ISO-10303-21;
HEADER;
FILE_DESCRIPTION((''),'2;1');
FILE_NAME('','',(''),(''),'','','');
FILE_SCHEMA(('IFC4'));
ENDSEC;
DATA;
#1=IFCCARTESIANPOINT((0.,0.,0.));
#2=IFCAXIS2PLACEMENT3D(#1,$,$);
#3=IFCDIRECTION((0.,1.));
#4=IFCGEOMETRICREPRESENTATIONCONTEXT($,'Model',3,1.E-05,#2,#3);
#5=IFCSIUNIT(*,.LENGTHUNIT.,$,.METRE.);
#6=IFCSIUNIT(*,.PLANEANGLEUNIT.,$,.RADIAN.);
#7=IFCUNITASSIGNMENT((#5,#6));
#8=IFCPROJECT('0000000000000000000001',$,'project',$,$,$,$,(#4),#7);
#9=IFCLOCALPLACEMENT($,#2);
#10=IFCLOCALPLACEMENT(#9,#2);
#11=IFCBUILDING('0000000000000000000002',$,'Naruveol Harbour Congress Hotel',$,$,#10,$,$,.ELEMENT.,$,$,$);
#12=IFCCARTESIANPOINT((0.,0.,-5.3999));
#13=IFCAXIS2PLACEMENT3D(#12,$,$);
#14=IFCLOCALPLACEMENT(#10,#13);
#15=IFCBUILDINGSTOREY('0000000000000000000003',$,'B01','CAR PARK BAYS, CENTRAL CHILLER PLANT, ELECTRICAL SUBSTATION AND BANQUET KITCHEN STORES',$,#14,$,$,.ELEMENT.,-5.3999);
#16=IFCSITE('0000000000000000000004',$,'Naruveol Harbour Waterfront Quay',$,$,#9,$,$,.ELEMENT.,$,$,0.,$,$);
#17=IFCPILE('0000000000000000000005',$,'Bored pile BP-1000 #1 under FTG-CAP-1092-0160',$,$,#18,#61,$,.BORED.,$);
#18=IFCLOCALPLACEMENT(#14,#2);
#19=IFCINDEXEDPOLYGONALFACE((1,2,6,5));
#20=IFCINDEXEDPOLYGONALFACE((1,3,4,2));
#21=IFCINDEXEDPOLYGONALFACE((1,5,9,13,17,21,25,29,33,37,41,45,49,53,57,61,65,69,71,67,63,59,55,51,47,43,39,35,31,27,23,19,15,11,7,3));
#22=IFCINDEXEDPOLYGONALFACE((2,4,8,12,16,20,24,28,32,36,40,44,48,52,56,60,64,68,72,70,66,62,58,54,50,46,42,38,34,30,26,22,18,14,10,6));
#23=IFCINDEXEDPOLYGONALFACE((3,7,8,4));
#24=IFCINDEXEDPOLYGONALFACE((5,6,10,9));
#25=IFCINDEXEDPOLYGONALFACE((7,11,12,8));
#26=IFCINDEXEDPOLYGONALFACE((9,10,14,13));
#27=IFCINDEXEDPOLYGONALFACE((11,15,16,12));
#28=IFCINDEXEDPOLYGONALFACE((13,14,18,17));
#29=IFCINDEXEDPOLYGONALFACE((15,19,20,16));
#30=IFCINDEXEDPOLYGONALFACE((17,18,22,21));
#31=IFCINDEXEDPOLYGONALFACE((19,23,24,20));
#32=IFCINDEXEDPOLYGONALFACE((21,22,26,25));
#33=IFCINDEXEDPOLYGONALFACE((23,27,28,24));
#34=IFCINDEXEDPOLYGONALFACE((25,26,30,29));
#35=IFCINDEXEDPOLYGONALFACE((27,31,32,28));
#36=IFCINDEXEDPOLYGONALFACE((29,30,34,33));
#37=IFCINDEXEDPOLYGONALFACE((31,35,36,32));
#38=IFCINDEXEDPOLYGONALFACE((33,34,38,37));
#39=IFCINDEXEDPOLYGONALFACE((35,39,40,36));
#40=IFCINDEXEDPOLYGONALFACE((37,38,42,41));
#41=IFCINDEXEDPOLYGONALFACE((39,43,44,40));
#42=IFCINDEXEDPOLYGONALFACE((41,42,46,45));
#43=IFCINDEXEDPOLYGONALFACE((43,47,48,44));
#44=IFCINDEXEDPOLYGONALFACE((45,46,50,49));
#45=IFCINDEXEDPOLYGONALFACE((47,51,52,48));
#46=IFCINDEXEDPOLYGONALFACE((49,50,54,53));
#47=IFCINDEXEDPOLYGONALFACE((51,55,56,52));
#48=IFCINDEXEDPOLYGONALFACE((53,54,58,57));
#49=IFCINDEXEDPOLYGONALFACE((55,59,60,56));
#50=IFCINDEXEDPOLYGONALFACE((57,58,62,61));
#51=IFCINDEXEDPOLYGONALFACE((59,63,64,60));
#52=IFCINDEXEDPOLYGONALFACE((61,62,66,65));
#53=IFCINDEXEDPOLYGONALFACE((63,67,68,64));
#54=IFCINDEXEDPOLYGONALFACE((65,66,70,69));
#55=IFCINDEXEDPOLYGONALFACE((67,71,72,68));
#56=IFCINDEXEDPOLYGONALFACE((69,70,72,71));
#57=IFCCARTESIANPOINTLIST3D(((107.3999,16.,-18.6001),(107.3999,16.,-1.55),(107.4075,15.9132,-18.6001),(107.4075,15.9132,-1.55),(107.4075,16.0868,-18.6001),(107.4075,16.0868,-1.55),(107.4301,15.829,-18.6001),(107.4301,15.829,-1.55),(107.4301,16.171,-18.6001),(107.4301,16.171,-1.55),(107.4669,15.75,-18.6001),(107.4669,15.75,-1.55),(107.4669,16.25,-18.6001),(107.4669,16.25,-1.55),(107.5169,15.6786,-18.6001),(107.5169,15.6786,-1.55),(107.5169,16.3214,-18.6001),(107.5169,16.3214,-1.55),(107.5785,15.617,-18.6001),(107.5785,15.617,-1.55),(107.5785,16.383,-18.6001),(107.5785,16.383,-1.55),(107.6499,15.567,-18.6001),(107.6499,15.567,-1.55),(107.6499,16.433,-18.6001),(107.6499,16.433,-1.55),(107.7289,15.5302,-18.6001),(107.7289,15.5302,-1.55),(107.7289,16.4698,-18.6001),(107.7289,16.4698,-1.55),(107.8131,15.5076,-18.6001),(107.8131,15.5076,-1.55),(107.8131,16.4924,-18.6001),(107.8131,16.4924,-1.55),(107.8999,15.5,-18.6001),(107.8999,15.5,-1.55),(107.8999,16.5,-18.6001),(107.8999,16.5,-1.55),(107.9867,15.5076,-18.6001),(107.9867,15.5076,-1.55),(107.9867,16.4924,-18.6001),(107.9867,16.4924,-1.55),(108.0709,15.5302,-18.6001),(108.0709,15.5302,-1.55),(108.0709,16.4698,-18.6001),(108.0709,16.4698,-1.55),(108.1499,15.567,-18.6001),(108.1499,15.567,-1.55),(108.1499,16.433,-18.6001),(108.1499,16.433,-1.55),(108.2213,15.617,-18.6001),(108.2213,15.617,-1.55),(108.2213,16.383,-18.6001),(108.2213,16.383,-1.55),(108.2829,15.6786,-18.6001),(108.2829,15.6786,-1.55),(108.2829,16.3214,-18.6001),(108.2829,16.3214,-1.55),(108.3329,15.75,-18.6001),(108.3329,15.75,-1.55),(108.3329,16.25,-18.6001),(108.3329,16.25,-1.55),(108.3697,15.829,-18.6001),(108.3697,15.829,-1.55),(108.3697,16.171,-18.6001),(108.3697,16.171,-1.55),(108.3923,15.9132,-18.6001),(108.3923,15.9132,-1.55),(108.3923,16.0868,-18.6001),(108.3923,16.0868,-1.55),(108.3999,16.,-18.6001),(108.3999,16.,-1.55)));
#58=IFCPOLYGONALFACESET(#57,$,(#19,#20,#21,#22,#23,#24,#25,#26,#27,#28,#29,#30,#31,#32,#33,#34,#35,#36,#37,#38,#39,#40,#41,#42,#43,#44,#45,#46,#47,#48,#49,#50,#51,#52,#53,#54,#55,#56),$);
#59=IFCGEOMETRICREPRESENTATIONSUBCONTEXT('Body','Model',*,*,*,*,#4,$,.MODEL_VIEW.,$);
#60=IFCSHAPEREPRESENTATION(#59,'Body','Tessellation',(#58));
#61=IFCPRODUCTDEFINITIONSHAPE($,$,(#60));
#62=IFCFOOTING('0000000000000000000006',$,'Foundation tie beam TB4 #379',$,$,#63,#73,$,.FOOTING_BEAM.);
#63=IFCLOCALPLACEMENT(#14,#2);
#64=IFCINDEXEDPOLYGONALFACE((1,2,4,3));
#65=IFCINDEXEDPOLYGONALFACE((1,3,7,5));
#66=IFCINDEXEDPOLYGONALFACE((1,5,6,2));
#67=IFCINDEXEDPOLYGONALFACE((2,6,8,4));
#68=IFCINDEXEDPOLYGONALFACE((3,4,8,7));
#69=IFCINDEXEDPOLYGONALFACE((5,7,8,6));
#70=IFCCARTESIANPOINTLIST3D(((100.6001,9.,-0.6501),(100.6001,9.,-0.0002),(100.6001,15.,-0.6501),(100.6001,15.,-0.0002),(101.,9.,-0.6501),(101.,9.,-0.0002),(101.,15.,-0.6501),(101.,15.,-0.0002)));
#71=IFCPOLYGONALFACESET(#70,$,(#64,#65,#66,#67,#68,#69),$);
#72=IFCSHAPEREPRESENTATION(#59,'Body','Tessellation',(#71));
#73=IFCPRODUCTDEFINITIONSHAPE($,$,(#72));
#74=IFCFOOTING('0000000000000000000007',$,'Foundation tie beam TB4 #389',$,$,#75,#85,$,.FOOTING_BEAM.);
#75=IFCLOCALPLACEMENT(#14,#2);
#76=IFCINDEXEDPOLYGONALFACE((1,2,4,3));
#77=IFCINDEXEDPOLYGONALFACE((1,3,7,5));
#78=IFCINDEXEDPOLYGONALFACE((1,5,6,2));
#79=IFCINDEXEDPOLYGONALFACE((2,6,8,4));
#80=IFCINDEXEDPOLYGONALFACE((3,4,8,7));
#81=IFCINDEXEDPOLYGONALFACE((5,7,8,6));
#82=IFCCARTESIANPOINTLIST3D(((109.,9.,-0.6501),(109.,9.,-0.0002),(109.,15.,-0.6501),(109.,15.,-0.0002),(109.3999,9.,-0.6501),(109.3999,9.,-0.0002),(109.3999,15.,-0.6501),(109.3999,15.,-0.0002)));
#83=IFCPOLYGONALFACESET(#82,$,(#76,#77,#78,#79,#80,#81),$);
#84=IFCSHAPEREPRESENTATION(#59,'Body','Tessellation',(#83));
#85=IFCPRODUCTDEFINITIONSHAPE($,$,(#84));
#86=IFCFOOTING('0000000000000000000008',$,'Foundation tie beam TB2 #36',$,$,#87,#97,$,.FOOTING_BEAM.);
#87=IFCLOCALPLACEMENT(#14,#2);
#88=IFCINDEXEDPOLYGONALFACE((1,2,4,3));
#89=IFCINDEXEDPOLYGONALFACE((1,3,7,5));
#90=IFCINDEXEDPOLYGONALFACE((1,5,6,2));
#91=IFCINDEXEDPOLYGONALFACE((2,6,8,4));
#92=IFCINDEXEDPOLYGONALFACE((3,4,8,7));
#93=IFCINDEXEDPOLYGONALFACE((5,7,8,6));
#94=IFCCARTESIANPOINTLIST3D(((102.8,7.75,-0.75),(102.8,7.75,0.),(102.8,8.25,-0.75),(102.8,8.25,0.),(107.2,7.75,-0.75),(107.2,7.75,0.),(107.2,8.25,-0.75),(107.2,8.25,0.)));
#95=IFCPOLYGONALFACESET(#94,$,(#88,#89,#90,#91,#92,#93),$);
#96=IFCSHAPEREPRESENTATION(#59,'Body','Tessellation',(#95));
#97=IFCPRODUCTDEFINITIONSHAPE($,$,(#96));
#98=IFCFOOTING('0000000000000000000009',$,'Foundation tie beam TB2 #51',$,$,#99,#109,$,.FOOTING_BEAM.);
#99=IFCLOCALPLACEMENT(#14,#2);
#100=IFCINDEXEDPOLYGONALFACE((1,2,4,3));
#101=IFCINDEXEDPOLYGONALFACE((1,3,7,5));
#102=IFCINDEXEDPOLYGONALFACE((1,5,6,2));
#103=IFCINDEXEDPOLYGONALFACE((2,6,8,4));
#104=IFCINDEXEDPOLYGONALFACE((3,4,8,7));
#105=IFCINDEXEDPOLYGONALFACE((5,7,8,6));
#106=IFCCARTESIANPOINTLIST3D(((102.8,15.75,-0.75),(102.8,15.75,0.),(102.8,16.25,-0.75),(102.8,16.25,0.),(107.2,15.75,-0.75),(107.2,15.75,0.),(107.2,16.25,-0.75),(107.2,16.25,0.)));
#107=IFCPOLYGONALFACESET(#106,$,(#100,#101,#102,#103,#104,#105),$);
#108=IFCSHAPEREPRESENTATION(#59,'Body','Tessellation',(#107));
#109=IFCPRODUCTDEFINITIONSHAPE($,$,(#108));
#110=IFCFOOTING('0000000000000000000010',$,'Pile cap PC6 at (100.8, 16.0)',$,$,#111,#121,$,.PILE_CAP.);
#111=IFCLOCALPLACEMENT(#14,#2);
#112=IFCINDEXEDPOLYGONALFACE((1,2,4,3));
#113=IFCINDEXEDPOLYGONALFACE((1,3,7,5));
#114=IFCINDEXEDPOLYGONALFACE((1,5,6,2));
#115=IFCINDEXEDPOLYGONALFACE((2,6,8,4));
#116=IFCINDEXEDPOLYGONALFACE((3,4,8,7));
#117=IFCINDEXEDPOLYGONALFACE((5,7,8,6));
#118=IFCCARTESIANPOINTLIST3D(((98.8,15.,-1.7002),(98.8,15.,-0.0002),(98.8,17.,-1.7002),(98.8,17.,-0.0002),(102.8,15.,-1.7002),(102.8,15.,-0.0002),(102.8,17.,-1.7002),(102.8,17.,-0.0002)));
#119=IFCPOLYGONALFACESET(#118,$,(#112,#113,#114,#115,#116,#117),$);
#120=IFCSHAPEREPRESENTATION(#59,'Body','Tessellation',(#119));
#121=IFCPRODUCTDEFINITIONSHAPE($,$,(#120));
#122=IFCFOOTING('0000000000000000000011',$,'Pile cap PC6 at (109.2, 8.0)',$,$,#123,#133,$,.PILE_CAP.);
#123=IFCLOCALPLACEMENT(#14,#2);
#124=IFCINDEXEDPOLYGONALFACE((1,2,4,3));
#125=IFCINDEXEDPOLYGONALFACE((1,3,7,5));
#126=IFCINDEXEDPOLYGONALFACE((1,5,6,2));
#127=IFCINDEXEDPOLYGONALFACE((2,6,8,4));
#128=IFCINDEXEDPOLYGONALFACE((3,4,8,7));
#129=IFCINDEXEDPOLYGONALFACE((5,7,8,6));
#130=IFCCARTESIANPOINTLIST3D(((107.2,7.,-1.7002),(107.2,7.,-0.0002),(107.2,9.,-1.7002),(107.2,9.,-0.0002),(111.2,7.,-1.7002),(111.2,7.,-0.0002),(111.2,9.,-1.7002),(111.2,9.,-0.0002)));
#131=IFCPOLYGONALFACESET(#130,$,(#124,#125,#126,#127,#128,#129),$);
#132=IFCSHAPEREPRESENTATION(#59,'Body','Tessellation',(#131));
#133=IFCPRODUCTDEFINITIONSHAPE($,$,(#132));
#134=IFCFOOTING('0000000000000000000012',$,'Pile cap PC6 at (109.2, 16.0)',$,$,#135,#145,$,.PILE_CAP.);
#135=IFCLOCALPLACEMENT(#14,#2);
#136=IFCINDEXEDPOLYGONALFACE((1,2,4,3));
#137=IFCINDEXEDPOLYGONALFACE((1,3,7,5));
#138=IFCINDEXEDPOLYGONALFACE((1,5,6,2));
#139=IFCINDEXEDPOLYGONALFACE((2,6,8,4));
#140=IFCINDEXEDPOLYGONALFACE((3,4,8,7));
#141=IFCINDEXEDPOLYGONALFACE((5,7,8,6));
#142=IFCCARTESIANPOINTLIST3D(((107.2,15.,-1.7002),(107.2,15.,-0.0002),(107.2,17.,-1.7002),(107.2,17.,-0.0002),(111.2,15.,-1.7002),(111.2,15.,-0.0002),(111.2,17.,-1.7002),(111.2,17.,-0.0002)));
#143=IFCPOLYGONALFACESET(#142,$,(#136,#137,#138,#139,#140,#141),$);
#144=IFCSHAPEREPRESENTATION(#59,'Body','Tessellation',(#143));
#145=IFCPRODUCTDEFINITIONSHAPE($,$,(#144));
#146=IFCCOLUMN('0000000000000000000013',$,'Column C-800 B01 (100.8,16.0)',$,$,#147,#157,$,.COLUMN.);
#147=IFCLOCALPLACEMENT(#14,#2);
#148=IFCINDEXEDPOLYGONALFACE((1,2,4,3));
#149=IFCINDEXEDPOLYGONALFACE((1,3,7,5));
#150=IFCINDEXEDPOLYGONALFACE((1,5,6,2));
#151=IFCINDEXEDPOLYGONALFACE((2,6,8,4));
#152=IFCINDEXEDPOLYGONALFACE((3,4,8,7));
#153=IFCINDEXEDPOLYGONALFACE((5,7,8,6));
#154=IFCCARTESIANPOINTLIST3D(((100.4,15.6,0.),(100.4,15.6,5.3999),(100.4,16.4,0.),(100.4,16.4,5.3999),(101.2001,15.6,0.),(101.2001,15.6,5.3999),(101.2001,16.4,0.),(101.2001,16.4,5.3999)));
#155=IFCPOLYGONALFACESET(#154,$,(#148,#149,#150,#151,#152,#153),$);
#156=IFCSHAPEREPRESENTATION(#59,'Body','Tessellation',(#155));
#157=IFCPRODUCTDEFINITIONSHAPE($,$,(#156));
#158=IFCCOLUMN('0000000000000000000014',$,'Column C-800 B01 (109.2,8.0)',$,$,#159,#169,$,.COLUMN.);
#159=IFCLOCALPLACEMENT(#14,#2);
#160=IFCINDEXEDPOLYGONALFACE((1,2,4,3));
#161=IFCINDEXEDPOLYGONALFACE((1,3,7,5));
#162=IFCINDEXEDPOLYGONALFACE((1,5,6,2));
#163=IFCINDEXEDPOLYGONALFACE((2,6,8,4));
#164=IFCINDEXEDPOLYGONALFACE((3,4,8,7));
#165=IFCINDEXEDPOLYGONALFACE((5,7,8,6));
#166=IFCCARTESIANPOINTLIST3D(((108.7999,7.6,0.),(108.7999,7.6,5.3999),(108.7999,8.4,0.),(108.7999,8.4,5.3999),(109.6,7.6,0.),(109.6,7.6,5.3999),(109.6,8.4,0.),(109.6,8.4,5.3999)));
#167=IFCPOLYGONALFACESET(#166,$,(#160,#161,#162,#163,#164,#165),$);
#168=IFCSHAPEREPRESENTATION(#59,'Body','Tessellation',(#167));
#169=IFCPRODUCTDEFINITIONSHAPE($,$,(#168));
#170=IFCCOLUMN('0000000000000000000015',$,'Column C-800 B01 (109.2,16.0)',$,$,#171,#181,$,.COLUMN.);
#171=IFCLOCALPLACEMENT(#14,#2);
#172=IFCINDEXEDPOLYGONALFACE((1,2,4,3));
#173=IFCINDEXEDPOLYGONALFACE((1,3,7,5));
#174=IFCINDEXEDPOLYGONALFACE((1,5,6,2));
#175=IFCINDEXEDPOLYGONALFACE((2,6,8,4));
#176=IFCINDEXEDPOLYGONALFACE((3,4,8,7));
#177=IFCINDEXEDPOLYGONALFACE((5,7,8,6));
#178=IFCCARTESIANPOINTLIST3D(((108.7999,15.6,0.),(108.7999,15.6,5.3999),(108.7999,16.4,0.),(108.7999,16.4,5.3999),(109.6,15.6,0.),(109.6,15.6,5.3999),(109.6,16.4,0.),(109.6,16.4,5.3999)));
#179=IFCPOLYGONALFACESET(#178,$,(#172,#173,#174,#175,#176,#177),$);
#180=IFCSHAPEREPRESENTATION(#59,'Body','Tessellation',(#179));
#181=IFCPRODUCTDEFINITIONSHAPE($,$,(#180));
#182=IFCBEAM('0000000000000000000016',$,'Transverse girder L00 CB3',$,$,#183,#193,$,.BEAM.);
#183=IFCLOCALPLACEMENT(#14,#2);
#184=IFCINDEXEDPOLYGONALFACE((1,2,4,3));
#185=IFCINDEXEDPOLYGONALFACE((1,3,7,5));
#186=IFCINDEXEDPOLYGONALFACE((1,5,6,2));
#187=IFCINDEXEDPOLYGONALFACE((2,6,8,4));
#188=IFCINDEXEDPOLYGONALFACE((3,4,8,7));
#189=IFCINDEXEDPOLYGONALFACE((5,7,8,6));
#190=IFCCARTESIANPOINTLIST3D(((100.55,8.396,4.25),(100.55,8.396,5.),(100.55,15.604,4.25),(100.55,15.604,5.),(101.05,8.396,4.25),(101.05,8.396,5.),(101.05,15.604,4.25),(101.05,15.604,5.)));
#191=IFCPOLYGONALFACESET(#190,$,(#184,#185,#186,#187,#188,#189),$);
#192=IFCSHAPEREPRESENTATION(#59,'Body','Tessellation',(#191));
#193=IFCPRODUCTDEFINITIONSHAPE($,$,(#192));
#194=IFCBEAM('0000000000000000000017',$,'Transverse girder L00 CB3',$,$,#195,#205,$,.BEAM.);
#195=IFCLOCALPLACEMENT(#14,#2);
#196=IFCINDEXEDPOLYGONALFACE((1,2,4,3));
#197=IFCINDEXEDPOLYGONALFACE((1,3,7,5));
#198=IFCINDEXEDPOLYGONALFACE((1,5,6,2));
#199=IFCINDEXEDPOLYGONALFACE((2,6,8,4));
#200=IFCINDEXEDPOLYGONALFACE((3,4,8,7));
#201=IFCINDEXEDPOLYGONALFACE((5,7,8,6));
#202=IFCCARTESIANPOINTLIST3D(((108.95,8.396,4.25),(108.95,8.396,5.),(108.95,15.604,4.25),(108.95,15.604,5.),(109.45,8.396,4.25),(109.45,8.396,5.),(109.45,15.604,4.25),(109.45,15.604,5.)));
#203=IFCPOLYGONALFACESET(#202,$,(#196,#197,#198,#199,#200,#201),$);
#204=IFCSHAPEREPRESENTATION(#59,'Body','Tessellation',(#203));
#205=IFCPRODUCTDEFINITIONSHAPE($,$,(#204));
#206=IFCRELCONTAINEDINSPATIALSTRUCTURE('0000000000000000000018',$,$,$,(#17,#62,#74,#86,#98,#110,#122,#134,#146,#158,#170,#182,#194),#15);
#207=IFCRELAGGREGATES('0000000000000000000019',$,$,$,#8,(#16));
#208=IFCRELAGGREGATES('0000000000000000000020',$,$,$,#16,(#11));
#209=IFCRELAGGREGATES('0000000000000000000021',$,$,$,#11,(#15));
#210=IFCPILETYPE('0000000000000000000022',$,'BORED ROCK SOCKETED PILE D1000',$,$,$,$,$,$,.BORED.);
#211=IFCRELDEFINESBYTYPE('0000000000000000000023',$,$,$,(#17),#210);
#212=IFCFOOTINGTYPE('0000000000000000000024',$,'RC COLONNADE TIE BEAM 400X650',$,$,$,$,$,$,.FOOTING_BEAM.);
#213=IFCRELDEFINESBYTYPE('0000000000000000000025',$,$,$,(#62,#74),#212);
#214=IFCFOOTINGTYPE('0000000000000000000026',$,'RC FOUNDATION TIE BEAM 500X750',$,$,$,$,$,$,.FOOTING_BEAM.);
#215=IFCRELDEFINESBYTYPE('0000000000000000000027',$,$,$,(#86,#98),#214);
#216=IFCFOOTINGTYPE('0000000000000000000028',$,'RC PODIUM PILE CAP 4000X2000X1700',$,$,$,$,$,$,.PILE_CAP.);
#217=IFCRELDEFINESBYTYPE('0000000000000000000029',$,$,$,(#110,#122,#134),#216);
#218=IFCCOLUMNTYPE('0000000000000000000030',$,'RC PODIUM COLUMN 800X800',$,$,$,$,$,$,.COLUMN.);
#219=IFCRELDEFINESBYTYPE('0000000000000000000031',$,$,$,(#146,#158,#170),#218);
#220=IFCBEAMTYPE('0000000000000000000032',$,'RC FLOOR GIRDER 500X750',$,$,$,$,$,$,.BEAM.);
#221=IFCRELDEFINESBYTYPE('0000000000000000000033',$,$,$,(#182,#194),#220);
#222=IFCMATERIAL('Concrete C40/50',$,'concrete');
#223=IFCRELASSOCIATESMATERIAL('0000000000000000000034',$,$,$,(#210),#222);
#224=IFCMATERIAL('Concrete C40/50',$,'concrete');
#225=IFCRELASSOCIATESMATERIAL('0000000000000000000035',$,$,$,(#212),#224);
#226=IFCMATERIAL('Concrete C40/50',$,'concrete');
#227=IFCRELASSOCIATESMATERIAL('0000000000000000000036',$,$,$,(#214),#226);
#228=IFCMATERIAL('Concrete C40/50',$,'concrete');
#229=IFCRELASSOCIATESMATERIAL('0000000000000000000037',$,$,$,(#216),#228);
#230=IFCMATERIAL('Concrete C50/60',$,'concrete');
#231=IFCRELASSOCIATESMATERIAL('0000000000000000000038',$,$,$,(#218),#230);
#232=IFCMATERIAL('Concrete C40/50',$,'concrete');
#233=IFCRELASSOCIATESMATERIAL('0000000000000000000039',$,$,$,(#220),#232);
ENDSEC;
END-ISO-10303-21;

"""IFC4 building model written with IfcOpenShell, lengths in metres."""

from ifc_helpers import new_model, si_unit, direction, frame, origin, origin_2d, place, context, subcontext, project, spatial, rectangle, circle, extrude, material, material_profile, profile_set, type_object, element, save


model = new_model("IFC4")

# Units and contexts
model_context = context("Model", 3, precision=1e-05, world=origin(), true_north=direction((0.0, 1.0)))
body_context = subcontext(model_context, "Body", "Model", "MODEL_VIEW")
ifc_project = project(units=[si_unit("LENGTHUNIT", "METRE"), si_unit("PLANEANGLEUNIT", "RADIAN")], contexts=[model_context])

# Site, building, storey
site_placement = place(None, origin())
site = spatial("IfcSite", under=ifc_project, at=site_placement, Name="Naruveol Harbour Waterfront Quay", CompositionType="ELEMENT", RefElevation=0.0)
building_placement = place(site_placement, origin())
building = spatial("IfcBuilding", under=site, at=building_placement, Name="Naruveol Harbour Congress Hotel", CompositionType="ELEMENT")
storey_placement = place(building_placement, frame((0.0, 0.0, -5.3999)))
storey = spatial("IfcBuildingStorey", under=building, at=storey_placement, Name="B01", Description="CAR PARK BAYS, CENTRAL CHILLER PLANT, ELECTRICAL SUBSTATION AND BANQUET KITCHEN STORES", CompositionType="ELEMENT", Elevation=-5.3999)

# Pile
ifc_material_1 = material(Name="Concrete C40/50", Category="concrete")
ifc_material_profile_1 = material_profile(ifc_material_1, circle(Radius=0.5, at=origin_2d()), Name="BP-1000")
ifc_profile_set_1 = profile_set([ifc_material_profile_1], Name="Concrete C40/50")
pile_type = type_object("IfcPileType", Name="BORED ROCK SOCKETED PILE D1000", PredefinedType="BORED", material=ifc_profile_set_1)
for number, where, z_axis, x_axis, name in (
    (1, (107.8999, 16.0, -1.55), (0.0, 0.0, -1.0), (1.0, 0.0, 0.0), "Bored pile BP-1000 #1 under FTG-CAP-1092-0160"),
):
    element("IfcPile", number, at=place(storey_placement, frame(where, z_axis=z_axis, x_axis=x_axis)), inside=storey, type_object=pile_type, Name=name, PredefinedType="BORED", context=body_context, shape_type="SweptSolid", body=[
        extrude(circle(Radius=0.5, at=origin_2d()), origin(), (0.0, 0.0, 1.0), 17.05),
    ])

# Footings
ifc_material_2 = material(Name="Concrete C40/50", Category="concrete")
ifc_material_profile_2 = material_profile(ifc_material_2, rectangle(XDim=0.3999, YDim=0.6499, at=origin_2d()), Name="RCB-400x650")
ifc_profile_set_2 = profile_set([ifc_material_profile_2], Name="Concrete C40/50")
footing_type_1 = type_object("IfcFootingType", Name="RC COLONNADE TIE BEAM 400X650", PredefinedType="FOOTING_BEAM", material=ifc_profile_set_2)
for number, where, z_axis, x_axis, name in (
    (2, (100.8, 9.0, -0.3252), (0.0, 1.0, 0.0), (-1.0, 0.0, 0.0), "Foundation tie beam TB4 #379"),
    (3, (109.2, 9.0, -0.3252), (0.0, 1.0, 0.0), (-1.0, 0.0, 0.0), "Foundation tie beam TB4 #389"),
):
    element("IfcFooting", number, at=place(storey_placement, frame(where, z_axis=z_axis, x_axis=x_axis)), inside=storey, type_object=footing_type_1, Name=name, PredefinedType="FOOTING_BEAM", context=body_context, shape_type="SweptSolid", body=[
        extrude(rectangle(XDim=0.3999, YDim=0.6499, at=origin_2d()), origin(), (0.0, 0.0, 1.0), 6.0),
    ])
ifc_material_3 = material(Name="Concrete C40/50", Category="concrete")
ifc_material_profile_3 = material_profile(ifc_material_3, rectangle(XDim=0.5, YDim=0.75, at=origin_2d()), Name="RCB-500x750")
ifc_profile_set_3 = profile_set([ifc_material_profile_3], Name="Concrete C40/50")
footing_type_2 = type_object("IfcFootingType", Name="RC FOUNDATION TIE BEAM 500X750", PredefinedType="FOOTING_BEAM", material=ifc_profile_set_3)
for number, where, z_axis, x_axis, name in (
    (4, (102.8, 8.0, -0.375), (1.0, 0.0, 0.0), (0.0, 1.0, 0.0), "Foundation tie beam TB2 #36"),
    (5, (102.8, 16.0, -0.375), (1.0, 0.0, 0.0), (0.0, 1.0, 0.0), "Foundation tie beam TB2 #51"),
):
    element("IfcFooting", number, at=place(storey_placement, frame(where, z_axis=z_axis, x_axis=x_axis)), inside=storey, type_object=footing_type_2, Name=name, PredefinedType="FOOTING_BEAM", context=body_context, shape_type="SweptSolid", body=[
        extrude(rectangle(XDim=0.5, YDim=0.75, at=origin_2d()), origin(), (0.0, 0.0, 1.0), 4.3999),
    ])
ifc_material_4 = material(Name="Concrete C40/50", Category="concrete")
footing_type_3 = type_object("IfcFootingType", Name="RC PODIUM PILE CAP 4000X2000X1700", PredefinedType="PILE_CAP", material=ifc_material_4)
for number, where, z_axis, x_axis, name in (
    (6, (100.8, 16.0, -1.7002), (0.0, 0.0, 1.0), (1.0, 0.0, 0.0), "Pile cap PC6 at (100.8, 16.0)"),
    (7, (109.2, 8.0, -1.7002), (0.0, 0.0, 1.0), (1.0, 0.0, 0.0), "Pile cap PC6 at (109.2, 8.0)"),
    (8, (109.2, 16.0, -1.7002), (0.0, 0.0, 1.0), (1.0, 0.0, 0.0), "Pile cap PC6 at (109.2, 16.0)"),
):
    element("IfcFooting", number, at=place(storey_placement, frame(where, z_axis=z_axis, x_axis=x_axis)), inside=storey, type_object=footing_type_3, Name=name, PredefinedType="PILE_CAP", context=body_context, shape_type="SweptSolid", body=[
        extrude(rectangle(XDim=4.0, YDim=2.0, at=origin_2d()), origin(), (0.0, 0.0, 1.0), 1.7),
    ])

# Columns
ifc_material_5 = material(Name="Concrete C50/60", Category="concrete")
ifc_material_profile_4 = material_profile(ifc_material_5, rectangle(XDim=0.8, YDim=0.8, at=origin_2d()), Name="RC-800x800")
ifc_profile_set_4 = profile_set([ifc_material_profile_4], Name="Concrete C50/60")
column_type = type_object("IfcColumnType", Name="RC PODIUM COLUMN 800X800", PredefinedType="COLUMN", material=ifc_profile_set_4)
for number, where, z_axis, x_axis, name in (
    (9, (100.8, 16.0, 0.0), (0.0, 0.0, 1.0), (1.0, 0.0, 0.0), "Column C-800 B01 (100.8,16.0)"),
    (10, (109.2, 8.0, 0.0), (0.0, 0.0, 1.0), (1.0, 0.0, 0.0), "Column C-800 B01 (109.2,8.0)"),
    (11, (109.2, 16.0, 0.0), (0.0, 0.0, 1.0), (1.0, 0.0, 0.0), "Column C-800 B01 (109.2,16.0)"),
):
    element("IfcColumn", number, at=place(storey_placement, frame(where, z_axis=z_axis, x_axis=x_axis)), inside=storey, type_object=column_type, Name=name, PredefinedType="COLUMN", context=body_context, shape_type="SweptSolid", body=[
        extrude(rectangle(XDim=0.8, YDim=0.8, at=origin_2d()), origin(), (0.0, 0.0, 1.0), 5.3999),
    ])

# Beams
ifc_material_6 = material(Name="Concrete C40/50", Category="concrete")
ifc_material_profile_5 = material_profile(ifc_material_6, rectangle(XDim=0.5, YDim=0.75, at=origin_2d()), Name="RCB-500x750")
ifc_profile_set_5 = profile_set([ifc_material_profile_5], Name="Concrete C40/50")
beam_type_1 = type_object("IfcBeamType", Name="RC FLOOR GIRDER 500X750", PredefinedType="BEAM", material=ifc_profile_set_5)
for number, where, z_axis, x_axis, name in (
    (12, (100.8, 8.396, 4.625), (0.0, 1.0, 0.0), (-1.0, 0.0, 0.0), "Transverse girder L00 CB3"),
    (13, (109.2, 8.396, 4.625), (0.0, 1.0, 0.0), (-1.0, 0.0, 0.0), "Transverse girder L00 CB3"),
):
    element("IfcBeam", number, at=place(storey_placement, frame(where, z_axis=z_axis, x_axis=x_axis)), inside=storey, type_object=beam_type_1, Name=name, PredefinedType="BEAM", context=body_context, shape_type="SweptSolid", body=[
        extrude(rectangle(XDim=0.5, YDim=0.75, at=origin_2d()), origin(), (0.0, 0.0, 1.0), 7.208),
    ])

save(model, "model.ifc")
